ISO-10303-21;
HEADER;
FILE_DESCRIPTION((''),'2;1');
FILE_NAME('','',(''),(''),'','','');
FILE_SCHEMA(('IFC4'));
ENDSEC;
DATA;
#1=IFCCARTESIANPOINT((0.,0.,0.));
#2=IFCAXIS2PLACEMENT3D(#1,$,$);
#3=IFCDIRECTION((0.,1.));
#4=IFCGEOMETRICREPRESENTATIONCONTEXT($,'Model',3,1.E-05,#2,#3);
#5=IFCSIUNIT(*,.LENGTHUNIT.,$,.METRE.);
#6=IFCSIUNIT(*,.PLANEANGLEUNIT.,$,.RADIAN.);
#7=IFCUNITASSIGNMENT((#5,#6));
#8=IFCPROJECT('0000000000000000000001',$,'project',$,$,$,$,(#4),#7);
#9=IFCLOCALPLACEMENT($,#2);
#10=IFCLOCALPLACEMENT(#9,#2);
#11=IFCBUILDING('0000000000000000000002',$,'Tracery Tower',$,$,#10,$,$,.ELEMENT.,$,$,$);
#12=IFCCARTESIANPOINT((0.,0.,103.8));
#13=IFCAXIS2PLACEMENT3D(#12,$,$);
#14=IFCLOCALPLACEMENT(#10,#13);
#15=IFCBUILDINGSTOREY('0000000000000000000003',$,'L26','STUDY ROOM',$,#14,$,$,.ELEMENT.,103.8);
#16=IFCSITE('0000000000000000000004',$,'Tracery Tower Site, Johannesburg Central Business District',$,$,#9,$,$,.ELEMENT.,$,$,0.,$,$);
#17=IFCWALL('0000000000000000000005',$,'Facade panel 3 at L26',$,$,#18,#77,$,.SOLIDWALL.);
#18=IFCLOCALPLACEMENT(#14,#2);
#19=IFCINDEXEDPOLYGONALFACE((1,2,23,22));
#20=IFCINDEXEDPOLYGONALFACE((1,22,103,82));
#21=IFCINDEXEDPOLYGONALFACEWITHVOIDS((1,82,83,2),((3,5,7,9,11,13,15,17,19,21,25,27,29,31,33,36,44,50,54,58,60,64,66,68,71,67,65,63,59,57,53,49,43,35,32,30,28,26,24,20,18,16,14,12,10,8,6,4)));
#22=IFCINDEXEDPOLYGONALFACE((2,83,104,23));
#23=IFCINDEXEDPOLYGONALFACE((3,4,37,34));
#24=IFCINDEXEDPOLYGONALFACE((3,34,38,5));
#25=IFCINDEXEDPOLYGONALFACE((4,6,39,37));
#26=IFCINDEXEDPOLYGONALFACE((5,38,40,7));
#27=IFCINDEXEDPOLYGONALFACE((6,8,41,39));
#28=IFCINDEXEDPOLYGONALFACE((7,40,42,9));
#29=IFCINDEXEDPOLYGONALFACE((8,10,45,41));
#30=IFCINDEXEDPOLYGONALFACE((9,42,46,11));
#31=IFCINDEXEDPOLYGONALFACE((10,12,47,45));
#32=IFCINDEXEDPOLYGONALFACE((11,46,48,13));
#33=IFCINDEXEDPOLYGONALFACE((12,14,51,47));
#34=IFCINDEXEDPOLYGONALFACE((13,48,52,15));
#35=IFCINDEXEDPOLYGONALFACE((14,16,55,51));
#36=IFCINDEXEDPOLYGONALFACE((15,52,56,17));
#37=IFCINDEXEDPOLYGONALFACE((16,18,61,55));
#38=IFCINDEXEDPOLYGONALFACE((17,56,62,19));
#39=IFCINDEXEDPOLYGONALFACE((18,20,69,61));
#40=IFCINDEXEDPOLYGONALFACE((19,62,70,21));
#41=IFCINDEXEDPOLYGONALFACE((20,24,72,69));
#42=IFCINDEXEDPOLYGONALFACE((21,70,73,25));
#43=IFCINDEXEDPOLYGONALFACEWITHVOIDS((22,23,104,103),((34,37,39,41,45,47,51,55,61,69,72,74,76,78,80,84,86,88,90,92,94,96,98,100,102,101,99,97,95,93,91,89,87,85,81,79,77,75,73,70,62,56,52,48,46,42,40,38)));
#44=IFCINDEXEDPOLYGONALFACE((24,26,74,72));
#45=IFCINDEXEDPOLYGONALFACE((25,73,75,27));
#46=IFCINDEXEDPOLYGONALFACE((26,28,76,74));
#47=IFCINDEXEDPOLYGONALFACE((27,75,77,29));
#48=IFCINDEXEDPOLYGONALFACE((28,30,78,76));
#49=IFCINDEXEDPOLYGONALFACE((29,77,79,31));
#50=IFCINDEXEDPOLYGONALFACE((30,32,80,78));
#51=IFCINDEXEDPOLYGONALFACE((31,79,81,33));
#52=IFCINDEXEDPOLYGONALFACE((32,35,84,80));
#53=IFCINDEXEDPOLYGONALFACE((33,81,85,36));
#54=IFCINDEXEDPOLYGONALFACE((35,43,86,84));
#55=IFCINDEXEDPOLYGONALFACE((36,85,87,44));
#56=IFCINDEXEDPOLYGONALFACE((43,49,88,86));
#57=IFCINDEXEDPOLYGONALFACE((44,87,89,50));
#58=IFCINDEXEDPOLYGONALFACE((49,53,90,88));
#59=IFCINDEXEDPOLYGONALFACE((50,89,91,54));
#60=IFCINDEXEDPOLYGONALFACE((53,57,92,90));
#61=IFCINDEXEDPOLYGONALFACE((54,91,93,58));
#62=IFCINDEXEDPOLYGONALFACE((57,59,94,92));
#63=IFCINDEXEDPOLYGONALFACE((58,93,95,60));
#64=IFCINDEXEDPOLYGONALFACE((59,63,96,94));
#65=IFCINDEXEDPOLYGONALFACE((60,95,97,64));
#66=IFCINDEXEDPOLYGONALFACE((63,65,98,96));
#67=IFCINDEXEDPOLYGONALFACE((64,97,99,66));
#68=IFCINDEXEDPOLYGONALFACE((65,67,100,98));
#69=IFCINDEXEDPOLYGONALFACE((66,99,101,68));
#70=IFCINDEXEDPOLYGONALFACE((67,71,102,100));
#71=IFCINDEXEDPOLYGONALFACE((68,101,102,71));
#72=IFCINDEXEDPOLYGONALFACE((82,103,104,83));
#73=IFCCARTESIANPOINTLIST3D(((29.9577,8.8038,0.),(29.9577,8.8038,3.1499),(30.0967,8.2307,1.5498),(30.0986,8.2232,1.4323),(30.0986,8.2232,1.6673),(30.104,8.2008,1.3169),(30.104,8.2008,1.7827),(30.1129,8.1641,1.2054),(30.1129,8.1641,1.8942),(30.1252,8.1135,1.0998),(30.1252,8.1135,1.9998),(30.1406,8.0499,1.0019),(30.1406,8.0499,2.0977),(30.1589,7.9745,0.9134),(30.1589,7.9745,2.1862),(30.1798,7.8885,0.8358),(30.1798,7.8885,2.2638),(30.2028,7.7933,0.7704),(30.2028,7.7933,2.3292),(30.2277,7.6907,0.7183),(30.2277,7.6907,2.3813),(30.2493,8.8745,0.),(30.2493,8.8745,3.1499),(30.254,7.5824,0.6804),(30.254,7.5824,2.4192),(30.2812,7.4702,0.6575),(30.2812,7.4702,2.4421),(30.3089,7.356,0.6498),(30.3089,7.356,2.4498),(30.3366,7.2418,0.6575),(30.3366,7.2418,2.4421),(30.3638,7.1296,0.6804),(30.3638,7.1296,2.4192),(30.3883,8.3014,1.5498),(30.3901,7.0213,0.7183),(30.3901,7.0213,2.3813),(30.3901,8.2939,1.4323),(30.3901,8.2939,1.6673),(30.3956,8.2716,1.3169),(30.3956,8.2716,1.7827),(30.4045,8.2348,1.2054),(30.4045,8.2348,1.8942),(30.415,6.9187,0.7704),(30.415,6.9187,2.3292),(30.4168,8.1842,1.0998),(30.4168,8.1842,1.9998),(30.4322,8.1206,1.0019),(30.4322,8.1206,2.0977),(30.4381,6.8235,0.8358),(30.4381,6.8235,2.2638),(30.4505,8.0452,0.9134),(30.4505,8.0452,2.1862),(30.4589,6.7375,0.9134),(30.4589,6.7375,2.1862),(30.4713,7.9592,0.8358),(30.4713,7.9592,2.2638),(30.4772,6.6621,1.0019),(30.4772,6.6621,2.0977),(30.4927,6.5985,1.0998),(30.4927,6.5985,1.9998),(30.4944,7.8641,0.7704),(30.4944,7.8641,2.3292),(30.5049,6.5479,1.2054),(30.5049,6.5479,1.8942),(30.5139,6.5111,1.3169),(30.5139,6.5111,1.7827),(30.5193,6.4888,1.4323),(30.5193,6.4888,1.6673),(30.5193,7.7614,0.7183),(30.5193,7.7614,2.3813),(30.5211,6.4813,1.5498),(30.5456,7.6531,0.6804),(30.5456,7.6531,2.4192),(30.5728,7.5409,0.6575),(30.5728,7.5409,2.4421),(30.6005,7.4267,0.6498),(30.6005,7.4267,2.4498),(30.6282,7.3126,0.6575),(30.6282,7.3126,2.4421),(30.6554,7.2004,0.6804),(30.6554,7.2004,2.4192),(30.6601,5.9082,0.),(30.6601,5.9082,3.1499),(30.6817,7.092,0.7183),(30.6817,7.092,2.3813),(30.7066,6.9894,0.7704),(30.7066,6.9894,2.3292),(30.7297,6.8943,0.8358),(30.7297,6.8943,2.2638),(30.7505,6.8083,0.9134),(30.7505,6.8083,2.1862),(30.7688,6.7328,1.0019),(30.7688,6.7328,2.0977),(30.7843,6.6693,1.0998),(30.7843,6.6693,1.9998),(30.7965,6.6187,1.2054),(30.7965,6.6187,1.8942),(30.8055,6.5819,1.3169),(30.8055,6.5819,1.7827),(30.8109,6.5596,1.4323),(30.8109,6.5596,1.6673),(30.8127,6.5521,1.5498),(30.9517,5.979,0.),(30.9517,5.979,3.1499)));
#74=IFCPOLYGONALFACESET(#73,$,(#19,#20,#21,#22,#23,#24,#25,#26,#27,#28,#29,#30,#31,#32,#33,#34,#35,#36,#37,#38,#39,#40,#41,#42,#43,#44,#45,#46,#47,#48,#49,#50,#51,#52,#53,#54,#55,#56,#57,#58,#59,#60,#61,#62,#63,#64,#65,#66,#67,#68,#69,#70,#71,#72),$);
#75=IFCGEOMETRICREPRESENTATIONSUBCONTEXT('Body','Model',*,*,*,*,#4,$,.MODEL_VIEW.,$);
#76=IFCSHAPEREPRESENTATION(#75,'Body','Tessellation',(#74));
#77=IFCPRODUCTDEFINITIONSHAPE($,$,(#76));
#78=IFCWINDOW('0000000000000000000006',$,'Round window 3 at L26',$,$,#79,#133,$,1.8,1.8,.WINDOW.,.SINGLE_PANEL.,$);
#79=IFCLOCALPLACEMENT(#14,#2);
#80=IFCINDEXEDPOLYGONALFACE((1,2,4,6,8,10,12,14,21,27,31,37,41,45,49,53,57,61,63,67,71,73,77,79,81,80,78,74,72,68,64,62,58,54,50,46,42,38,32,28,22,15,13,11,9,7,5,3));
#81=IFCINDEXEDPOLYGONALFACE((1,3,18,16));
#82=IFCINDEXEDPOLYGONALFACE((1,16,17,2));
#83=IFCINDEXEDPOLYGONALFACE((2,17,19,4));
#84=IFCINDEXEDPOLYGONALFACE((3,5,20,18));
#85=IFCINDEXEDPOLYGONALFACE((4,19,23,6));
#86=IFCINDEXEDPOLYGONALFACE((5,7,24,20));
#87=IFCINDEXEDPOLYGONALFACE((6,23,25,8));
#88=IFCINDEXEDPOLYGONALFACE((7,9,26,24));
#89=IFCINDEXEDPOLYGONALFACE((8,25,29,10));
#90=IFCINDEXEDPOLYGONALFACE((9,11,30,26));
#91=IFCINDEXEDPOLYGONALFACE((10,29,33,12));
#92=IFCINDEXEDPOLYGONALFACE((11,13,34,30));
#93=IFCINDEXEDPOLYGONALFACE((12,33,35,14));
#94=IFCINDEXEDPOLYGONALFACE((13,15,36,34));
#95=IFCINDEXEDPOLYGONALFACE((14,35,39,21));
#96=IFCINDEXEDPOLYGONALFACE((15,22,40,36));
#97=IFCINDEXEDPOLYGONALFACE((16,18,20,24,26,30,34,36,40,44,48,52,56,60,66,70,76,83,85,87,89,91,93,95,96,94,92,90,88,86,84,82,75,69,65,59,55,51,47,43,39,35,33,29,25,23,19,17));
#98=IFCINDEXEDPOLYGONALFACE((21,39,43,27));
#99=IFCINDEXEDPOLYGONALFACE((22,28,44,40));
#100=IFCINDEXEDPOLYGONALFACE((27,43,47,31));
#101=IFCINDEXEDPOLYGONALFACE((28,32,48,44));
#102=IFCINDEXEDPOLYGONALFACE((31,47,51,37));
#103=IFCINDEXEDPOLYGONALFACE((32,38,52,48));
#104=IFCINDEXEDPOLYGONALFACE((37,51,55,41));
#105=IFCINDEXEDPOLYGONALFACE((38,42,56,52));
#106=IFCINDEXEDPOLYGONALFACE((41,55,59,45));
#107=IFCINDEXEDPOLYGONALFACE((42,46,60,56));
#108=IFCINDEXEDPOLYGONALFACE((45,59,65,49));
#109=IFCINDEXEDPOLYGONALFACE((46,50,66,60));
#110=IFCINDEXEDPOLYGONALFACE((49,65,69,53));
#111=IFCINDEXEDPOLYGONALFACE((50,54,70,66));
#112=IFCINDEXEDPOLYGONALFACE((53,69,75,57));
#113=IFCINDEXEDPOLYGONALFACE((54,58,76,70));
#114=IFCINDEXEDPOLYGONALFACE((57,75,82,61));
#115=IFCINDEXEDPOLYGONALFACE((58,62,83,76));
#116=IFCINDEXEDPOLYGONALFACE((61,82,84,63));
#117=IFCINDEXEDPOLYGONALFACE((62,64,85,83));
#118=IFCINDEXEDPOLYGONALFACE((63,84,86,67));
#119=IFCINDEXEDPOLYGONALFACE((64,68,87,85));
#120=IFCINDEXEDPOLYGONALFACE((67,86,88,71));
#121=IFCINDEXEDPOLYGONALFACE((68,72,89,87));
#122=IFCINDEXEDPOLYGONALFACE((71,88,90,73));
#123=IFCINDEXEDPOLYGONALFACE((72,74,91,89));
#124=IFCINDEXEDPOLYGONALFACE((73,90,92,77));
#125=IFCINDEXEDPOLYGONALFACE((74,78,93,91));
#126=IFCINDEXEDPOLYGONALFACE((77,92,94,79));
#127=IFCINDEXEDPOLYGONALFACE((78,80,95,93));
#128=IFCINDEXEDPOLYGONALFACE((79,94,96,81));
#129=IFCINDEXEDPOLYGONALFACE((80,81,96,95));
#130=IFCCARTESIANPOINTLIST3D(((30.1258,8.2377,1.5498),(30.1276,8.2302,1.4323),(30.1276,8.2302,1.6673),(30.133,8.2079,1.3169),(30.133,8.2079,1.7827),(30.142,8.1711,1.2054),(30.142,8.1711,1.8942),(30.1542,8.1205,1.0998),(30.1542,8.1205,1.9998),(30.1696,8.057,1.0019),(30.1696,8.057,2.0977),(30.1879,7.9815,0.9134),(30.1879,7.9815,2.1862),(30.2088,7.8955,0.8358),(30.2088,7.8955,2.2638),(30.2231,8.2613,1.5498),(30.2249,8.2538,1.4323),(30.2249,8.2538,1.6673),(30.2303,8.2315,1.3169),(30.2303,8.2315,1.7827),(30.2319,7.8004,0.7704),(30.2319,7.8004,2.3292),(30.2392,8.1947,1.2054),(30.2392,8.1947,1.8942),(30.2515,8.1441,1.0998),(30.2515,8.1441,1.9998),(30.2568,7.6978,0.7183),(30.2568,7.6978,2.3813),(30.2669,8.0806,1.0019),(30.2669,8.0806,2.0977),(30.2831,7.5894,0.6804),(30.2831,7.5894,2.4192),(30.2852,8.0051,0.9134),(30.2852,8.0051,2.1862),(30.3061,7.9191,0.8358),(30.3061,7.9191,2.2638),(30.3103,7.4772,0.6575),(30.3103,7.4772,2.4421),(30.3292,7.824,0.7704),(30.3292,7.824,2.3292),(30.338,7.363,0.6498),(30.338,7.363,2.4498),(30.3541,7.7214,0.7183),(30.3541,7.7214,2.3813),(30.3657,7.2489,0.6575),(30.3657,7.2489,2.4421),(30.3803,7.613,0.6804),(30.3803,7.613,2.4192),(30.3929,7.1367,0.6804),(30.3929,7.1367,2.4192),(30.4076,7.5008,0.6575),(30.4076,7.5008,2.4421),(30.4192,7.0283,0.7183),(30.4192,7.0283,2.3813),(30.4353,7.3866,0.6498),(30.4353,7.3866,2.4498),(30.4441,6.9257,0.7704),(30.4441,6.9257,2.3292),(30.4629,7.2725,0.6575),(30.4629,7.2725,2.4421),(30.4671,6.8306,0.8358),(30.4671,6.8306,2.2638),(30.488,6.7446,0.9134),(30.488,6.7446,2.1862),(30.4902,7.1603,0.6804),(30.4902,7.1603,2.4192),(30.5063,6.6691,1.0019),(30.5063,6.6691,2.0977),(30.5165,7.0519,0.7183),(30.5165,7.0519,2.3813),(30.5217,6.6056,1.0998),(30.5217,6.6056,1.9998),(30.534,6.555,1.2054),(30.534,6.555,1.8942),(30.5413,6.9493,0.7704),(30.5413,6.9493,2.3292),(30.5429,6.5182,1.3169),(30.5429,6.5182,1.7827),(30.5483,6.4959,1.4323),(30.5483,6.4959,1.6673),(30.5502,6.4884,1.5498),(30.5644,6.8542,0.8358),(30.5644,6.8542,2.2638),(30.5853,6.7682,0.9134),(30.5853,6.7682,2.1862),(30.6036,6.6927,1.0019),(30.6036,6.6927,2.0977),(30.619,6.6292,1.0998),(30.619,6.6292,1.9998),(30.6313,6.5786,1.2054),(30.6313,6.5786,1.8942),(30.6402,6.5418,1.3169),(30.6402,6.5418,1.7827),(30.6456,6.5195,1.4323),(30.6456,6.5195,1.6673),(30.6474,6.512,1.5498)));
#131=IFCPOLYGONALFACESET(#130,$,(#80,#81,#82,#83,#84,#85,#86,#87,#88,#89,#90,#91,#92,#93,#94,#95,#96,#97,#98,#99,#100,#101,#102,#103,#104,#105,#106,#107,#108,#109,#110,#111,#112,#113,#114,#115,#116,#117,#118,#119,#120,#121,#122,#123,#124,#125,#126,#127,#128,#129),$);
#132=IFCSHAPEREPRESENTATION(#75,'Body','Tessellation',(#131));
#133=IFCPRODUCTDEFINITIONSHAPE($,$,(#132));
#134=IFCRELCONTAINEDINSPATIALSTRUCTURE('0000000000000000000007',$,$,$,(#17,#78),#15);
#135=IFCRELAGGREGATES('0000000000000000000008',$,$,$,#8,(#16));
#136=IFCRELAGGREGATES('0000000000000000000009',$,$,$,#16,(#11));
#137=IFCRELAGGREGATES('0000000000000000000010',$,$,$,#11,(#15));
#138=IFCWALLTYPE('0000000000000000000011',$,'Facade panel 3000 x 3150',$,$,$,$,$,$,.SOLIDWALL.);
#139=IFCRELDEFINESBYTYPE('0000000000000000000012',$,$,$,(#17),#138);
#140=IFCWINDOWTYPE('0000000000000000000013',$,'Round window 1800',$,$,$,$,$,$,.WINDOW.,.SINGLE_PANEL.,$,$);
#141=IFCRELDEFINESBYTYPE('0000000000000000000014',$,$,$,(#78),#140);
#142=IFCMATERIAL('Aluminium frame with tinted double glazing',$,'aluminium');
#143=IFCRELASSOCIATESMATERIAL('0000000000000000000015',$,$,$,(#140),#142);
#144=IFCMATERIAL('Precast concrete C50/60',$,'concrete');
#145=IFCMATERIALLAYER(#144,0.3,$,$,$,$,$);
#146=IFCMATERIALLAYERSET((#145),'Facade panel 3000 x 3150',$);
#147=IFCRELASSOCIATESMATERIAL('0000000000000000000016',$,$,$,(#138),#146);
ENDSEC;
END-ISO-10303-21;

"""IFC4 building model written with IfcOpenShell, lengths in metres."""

from ifc_helpers import new_model, si_unit, direction, frame, frame_2d, origin, origin_2d, place, context, subcontext, project, spatial, rectangle, circle, extrude, material, layer, layer_set, type_object, element, fill, save


model = new_model("IFC4")

# Units and contexts
model_context = context("Model", 3, precision=1e-05, world=origin(), true_north=direction((0.0, 1.0)))
body_context = subcontext(model_context, "Body", "Model", "MODEL_VIEW")
ifc_project = project(units=[si_unit("LENGTHUNIT", "METRE"), si_unit("PLANEANGLEUNIT", "RADIAN")], contexts=[model_context])

# Site, building, storey
site_placement = place(None, origin())
site = spatial("IfcSite", under=ifc_project, at=site_placement, Name="Tracery Tower Site, Johannesburg Central Business District", CompositionType="ELEMENT", RefElevation=0.0)
building_placement = place(site_placement, origin())
building = spatial("IfcBuilding", under=site, at=building_placement, Name="Tracery Tower", CompositionType="ELEMENT")
storey_placement = place(building_placement, frame((0.0, 0.0, 103.8)))
storey = spatial("IfcBuildingStorey", under=building, at=storey_placement, Name="L26", Description="STUDY ROOM", CompositionType="ELEMENT", Elevation=103.8)

# Wall, opening, window
ifc_material_1 = material(Name="Aluminium frame with tinted double glazing", Category="aluminium")
window_type = type_object("IfcWindowType", Name="Round window 1800", PartitioningType="SINGLE_PANEL", PredefinedType="WINDOW", material=ifc_material_1)
ifc_material_2 = material(Name="Precast concrete C50/60", Category="concrete")
ifc_layer_1 = layer(ifc_material_2, 0.3)
ifc_layer_set_1 = layer_set([ifc_layer_1], Name="Facade panel 3000 x 3150")
wall_type_1 = type_object("IfcWallType", Name="Facade panel 3000 x 3150", PredefinedType="SOLIDWALL", material=ifc_layer_set_1)
wall_1_placement = place(storey_placement, frame((30.8059, 5.9436, 0.0), z_axis=(0.0, 0.0, 1.0), x_axis=(-0.235743, 0.971815, 0.0)))
wall_1 = element("IfcWall", 1, at=wall_1_placement, inside=storey, type_object=wall_type_1, Name="Facade panel 3 at L26", PredefinedType="SOLIDWALL", context=body_context, shape_type="SweptSolid", body=[
    extrude(rectangle(XDim=2.9795, YDim=0.3, at=frame_2d((1.4897, 0.0))), origin(), (0.0, 0.0, 1.0), 3.1499),
])
opening_1_placement = place(wall_1_placement, frame((1.4897, 0.0, 1.5498)))
opening_1 = element("IfcOpeningElement", 2, at=opening_1_placement, cuts=wall_1, PredefinedType="OPENING", context=body_context, shape_type="SweptSolid", body=[
    extrude(circle(Radius=0.9, at=origin_2d()), frame((0.0, 0.1599, 0.0), z_axis=(0.0, -1.0, 0.0), x_axis=(1.0, 0.0, 0.0)), (0.0, 0.0, 1.0), 0.3201),
])
window_1_placement = place(opening_1_placement, origin())
window_1 = element("IfcWindow", 3, at=window_1_placement, inside=storey, type_object=window_type, Name="Round window 3 at L26", OverallHeight=1.8, OverallWidth=1.8, PartitioningType="SINGLE_PANEL", PredefinedType="WINDOW", context=body_context, shape_type="SweptSolid", body=[
    extrude(circle(Radius=0.9, at=origin_2d()), frame((0.0, 0.1201, 0.0), z_axis=(0.0, -1.0, 0.0), x_axis=(1.0, 0.0, 0.0)), (0.0, 0.0, 1.0), 0.1001),
])
fill(opening_1, window_1)

save(model, "model.ifc")
